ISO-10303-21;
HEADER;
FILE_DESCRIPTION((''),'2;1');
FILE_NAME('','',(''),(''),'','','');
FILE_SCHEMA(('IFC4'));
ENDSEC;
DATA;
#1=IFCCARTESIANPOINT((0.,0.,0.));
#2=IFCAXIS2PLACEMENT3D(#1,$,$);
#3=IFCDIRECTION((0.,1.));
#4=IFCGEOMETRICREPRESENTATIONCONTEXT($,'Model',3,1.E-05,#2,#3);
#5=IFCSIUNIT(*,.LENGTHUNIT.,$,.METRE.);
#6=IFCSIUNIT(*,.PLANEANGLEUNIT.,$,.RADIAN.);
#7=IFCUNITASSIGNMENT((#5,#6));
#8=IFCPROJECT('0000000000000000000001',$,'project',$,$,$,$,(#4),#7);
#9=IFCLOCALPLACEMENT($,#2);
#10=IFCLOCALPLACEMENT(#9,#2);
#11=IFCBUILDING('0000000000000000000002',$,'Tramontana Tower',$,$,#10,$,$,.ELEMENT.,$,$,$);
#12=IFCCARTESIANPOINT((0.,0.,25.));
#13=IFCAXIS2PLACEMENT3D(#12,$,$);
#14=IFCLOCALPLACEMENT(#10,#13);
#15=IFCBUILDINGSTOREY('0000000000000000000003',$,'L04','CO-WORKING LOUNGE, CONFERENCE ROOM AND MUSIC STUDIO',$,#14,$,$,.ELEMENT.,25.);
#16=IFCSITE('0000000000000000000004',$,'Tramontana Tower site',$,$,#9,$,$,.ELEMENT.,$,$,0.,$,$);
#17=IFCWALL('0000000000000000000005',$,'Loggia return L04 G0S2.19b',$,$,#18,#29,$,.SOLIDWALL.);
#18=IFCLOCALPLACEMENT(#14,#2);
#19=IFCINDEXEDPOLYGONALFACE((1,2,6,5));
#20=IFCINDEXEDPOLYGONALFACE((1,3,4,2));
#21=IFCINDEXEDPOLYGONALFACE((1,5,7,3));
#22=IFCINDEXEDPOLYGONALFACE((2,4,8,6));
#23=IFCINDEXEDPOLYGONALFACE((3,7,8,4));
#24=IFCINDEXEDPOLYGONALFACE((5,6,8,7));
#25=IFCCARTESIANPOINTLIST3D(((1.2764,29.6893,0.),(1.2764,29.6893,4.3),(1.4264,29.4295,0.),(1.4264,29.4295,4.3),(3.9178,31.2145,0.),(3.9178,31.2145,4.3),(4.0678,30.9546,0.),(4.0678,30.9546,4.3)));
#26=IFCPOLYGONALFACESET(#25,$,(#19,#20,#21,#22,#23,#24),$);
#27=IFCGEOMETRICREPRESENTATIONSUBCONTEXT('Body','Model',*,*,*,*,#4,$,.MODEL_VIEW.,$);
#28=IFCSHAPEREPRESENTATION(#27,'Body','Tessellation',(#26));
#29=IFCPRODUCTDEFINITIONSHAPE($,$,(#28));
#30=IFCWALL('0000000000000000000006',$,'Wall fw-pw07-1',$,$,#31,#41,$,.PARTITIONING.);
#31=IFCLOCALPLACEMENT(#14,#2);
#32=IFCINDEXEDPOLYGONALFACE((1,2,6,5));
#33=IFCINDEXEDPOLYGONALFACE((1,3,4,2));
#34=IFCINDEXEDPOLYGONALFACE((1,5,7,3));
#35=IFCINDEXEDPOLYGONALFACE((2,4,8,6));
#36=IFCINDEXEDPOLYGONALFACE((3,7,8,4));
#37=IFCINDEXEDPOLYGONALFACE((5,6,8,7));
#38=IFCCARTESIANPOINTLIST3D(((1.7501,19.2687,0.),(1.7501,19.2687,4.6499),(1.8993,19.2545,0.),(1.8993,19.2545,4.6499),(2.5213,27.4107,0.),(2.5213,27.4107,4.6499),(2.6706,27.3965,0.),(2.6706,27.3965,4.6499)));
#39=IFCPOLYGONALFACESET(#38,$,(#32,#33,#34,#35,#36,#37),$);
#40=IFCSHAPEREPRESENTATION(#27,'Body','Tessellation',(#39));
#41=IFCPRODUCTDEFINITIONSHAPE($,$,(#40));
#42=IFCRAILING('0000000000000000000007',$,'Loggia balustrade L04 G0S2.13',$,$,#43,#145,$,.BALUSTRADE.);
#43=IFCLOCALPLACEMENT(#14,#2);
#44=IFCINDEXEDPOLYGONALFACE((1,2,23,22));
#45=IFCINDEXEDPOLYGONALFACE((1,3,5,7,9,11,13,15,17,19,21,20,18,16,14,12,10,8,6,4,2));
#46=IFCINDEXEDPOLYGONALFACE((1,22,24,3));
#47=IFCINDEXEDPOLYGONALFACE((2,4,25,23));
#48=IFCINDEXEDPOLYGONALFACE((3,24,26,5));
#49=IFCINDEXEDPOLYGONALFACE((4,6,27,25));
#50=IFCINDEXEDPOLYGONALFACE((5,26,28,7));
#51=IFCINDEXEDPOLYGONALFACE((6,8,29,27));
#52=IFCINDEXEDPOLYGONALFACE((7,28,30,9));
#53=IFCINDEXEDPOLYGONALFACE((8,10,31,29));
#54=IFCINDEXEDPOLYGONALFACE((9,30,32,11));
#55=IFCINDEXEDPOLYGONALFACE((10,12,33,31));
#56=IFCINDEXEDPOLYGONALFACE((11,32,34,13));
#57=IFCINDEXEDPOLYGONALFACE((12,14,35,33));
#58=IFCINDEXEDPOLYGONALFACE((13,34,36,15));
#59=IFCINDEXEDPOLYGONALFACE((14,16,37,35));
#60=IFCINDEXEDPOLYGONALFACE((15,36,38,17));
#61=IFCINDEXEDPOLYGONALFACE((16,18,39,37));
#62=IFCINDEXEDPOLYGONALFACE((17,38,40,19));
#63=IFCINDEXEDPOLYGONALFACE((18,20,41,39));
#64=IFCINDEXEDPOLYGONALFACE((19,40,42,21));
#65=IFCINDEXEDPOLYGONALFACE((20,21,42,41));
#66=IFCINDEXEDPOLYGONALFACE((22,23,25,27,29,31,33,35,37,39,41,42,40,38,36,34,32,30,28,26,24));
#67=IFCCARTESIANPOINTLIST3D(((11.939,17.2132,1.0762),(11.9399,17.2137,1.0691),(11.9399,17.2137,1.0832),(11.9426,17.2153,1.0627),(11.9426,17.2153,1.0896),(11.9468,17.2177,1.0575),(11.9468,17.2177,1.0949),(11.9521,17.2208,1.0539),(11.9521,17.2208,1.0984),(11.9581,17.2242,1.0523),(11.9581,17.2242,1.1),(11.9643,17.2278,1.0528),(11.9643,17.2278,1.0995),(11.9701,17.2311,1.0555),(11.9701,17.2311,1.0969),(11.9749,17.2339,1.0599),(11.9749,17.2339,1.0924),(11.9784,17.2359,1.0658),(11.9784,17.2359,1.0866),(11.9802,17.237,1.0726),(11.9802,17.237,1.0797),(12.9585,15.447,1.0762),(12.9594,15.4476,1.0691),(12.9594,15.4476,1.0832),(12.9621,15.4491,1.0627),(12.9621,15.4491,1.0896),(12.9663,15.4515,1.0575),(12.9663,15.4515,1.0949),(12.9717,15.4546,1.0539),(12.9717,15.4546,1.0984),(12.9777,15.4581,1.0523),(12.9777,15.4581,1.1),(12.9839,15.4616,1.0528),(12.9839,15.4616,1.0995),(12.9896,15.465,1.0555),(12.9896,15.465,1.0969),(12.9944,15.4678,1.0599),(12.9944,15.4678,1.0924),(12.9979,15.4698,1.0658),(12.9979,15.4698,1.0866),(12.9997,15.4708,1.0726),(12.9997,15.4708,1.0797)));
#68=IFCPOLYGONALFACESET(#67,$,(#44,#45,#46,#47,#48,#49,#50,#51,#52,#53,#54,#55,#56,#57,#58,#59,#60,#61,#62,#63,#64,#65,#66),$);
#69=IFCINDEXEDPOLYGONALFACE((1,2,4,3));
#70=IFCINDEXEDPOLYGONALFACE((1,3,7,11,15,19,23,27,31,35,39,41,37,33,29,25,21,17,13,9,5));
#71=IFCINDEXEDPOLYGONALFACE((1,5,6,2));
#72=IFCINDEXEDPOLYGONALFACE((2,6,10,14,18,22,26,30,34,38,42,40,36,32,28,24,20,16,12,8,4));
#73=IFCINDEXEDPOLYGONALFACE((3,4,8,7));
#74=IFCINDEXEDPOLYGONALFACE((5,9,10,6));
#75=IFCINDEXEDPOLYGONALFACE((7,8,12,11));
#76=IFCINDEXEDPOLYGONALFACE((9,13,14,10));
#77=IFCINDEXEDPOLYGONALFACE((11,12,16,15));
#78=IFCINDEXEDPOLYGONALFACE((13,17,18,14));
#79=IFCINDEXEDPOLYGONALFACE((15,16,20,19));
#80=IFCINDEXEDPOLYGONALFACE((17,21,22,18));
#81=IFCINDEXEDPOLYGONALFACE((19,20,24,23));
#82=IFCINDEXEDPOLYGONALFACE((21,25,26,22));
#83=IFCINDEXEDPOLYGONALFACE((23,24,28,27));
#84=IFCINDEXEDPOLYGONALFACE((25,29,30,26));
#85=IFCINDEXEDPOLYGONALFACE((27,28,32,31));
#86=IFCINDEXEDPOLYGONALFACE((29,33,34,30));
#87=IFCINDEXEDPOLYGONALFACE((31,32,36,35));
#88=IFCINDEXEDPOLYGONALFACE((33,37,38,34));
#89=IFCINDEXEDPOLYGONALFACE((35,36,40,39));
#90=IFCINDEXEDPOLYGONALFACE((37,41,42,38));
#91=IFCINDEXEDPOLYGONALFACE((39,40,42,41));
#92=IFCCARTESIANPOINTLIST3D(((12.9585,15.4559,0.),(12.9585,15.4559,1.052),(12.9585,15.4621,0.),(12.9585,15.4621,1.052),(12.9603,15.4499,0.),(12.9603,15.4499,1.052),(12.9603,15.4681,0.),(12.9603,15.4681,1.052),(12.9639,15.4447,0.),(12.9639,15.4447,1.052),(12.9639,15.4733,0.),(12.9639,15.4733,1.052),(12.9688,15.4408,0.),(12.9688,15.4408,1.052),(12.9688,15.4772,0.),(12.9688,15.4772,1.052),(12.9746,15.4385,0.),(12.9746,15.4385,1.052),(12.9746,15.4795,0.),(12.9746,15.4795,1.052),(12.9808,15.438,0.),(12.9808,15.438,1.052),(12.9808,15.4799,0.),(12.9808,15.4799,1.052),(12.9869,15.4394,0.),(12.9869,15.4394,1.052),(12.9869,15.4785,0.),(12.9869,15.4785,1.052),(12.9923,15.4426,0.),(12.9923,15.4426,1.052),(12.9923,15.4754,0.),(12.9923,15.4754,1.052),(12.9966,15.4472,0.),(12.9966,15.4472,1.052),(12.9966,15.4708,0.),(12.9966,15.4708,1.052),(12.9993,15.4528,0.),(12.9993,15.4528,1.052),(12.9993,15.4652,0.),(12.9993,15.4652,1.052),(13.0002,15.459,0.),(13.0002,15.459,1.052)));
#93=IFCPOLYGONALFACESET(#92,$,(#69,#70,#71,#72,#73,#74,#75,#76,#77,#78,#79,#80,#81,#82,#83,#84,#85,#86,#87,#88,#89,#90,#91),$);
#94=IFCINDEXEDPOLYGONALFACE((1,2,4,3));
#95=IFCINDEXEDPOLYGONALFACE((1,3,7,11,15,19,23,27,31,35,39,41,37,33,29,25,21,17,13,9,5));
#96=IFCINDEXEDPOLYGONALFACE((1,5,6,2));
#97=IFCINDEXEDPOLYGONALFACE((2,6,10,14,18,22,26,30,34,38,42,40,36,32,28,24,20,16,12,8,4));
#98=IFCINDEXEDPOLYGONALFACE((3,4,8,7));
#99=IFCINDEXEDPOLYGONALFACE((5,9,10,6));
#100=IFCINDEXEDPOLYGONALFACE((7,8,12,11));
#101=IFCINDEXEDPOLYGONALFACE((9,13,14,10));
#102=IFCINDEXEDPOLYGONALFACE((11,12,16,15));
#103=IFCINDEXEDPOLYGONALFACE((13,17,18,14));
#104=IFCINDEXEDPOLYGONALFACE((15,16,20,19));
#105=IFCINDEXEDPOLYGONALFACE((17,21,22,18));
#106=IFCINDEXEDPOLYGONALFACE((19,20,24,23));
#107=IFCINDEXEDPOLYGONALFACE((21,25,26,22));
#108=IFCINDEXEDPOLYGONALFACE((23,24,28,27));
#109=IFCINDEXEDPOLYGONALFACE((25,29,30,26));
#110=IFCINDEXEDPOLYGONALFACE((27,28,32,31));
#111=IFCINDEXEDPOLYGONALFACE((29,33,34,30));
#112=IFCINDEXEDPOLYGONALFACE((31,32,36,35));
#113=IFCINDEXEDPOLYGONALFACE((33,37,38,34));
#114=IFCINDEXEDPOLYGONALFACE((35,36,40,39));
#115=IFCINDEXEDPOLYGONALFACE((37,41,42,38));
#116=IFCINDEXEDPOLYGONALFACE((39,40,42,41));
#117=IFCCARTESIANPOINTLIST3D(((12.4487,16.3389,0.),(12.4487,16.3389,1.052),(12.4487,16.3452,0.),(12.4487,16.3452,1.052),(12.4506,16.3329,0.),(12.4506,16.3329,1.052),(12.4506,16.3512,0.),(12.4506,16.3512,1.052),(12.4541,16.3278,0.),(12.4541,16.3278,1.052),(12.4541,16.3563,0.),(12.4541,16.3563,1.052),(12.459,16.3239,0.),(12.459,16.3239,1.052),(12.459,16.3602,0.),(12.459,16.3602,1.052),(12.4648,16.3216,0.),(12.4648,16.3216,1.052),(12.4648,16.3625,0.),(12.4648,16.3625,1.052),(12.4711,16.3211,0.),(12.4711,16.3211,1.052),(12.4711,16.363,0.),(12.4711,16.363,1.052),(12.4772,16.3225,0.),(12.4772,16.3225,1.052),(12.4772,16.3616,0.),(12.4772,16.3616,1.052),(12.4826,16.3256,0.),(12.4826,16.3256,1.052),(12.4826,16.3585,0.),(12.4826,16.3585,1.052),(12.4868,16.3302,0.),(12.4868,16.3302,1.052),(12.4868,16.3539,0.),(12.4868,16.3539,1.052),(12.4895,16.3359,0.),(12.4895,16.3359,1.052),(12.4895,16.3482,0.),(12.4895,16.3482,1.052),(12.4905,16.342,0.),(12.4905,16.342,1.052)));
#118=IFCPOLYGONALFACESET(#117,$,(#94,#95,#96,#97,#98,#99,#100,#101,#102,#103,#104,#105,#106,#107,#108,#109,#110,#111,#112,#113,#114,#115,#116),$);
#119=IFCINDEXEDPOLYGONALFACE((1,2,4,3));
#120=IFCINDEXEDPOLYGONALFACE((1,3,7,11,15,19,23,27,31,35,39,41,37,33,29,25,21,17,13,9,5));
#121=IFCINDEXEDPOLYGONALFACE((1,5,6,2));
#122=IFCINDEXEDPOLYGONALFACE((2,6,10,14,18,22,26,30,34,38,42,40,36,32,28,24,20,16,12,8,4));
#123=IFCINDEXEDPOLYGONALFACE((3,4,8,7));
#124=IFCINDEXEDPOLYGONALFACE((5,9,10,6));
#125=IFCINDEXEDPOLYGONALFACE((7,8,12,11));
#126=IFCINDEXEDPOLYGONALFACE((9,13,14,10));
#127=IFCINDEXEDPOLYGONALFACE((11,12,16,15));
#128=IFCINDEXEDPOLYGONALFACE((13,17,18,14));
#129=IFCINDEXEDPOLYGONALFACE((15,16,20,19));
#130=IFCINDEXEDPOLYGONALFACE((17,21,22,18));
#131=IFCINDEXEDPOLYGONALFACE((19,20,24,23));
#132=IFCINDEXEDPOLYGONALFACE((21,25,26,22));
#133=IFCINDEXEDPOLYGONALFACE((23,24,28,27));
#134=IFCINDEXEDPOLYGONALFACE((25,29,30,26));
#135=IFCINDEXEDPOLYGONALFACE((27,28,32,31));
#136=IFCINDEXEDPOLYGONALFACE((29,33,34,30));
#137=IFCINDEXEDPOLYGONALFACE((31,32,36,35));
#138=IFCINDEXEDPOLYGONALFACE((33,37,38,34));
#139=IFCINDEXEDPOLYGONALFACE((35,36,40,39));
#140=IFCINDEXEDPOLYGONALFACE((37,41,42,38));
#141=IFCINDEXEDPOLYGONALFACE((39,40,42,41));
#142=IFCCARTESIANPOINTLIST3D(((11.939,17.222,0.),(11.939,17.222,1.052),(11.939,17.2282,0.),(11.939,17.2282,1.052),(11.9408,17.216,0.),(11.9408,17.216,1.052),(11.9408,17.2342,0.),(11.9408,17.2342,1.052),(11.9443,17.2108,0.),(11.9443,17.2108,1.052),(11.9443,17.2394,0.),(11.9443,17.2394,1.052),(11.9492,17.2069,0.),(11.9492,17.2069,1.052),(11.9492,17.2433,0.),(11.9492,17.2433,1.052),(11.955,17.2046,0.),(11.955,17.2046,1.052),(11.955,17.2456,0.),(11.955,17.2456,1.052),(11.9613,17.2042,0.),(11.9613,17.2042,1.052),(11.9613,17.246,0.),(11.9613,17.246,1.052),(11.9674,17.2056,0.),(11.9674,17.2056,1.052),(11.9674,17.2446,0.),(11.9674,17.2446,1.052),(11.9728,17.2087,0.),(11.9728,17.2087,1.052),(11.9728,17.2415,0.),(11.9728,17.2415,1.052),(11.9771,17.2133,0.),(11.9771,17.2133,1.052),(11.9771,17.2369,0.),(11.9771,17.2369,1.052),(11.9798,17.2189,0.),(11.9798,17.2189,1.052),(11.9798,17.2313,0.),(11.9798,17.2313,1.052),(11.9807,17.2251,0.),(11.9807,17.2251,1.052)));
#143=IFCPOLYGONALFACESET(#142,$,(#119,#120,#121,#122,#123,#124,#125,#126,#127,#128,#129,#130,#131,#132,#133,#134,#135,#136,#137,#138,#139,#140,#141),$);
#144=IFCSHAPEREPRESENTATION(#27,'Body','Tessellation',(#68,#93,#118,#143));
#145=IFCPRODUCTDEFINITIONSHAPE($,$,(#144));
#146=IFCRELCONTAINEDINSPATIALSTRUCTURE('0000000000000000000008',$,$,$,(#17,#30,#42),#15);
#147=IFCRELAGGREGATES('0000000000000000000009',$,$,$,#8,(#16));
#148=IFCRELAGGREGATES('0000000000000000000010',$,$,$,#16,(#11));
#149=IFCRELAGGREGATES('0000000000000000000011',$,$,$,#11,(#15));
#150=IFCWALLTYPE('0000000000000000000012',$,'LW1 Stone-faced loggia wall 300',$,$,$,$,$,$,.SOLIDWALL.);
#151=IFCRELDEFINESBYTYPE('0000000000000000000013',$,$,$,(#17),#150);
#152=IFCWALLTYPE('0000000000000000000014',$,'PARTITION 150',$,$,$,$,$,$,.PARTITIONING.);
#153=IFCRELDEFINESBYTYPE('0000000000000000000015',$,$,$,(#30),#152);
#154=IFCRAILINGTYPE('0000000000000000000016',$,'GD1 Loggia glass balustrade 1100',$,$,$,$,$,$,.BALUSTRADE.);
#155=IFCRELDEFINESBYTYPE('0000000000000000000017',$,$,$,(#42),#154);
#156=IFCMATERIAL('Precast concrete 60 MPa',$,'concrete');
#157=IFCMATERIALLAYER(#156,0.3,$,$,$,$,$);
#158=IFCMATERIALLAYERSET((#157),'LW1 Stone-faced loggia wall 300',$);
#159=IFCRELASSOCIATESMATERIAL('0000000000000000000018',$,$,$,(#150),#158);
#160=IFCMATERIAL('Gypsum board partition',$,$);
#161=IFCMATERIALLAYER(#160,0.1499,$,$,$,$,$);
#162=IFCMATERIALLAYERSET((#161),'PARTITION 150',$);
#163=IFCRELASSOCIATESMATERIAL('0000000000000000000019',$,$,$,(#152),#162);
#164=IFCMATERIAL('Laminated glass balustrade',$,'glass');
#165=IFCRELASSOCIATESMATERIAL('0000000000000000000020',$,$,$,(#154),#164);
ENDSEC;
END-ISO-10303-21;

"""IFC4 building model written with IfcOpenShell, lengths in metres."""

from ifc_helpers import new_model, si_unit, direction, frame, frame_2d, origin, origin_2d, place, context, subcontext, project, spatial, rectangle, circle, extrude, material, layer, layer_set, type_object, element, save


model = new_model("IFC4")

# Units and contexts
model_context = context("Model", 3, precision=1e-05, world=origin(), true_north=direction((0.0, 1.0)))
body_context = subcontext(model_context, "Body", "Model", "MODEL_VIEW")
ifc_project = project(units=[si_unit("LENGTHUNIT", "METRE"), si_unit("PLANEANGLEUNIT", "RADIAN")], contexts=[model_context])

# Site, building, storey
site_placement = place(None, origin())
site = spatial("IfcSite", under=ifc_project, at=site_placement, Name="Tramontana Tower site", CompositionType="ELEMENT", RefElevation=0.0)
building_placement = place(site_placement, origin())
building = spatial("IfcBuilding", under=site, at=building_placement, Name="Tramontana Tower", CompositionType="ELEMENT")
storey_placement = place(building_placement, frame((0.0, 0.0, 25.0)))
storey = spatial("IfcBuildingStorey", under=building, at=storey_placement, Name="L04", Description="CO-WORKING LOUNGE, CONFERENCE ROOM AND MUSIC STUDIO", CompositionType="ELEMENT", Elevation=25.0)

# Shared definitions
ifc_material_1 = material(Name="Precast concrete 60 MPa", Category="concrete")
ifc_layer_1 = layer(ifc_material_1, 0.3)
ifc_layer_set_1 = layer_set([ifc_layer_1], Name="LW1 Stone-faced loggia wall 300")
wall_type_1 = type_object("IfcWallType", Name="LW1 Stone-faced loggia wall 300", PredefinedType="SOLIDWALL", material=ifc_layer_set_1)

# Walls
for number, where, z_axis, x_axis, name in (
    (1, (3.9927, 31.0845, 0.0), (0.0, 0.0, 1.0), (-0.866003, -0.500039, 0.0), "Loggia return L04 G0S2.19b"),
):
    element("IfcWall", number, at=place(storey_placement, frame(where, z_axis=z_axis, x_axis=x_axis)), inside=storey, type_object=wall_type_1, Name=name, PredefinedType="SOLIDWALL", context=body_context, shape_type="SweptSolid", body=[
        extrude(rectangle(XDim=3.05, YDim=0.3, at=frame_2d((1.5249, 0.0))), origin(), (0.0, 0.0, 1.0), 4.3),
    ])
ifc_material_2 = material(Name="Gypsum board partition")
ifc_layer_2 = layer(ifc_material_2, 0.1499)
ifc_layer_set_2 = layer_set([ifc_layer_2], Name="PARTITION 150")
wall_type_2 = type_object("IfcWallType", Name="PARTITION 150", PredefinedType="PARTITIONING", material=ifc_layer_set_2)
wall_1_placement = place(storey_placement, frame((1.8247, 19.2615, 0.0), z_axis=(0.0, 0.0, 1.0), x_axis=(0.094301, 0.995544, 0.0)))
element("IfcWall", 2, at=wall_1_placement, inside=storey, type_object=wall_type_2, Name="Wall fw-pw07-1", PredefinedType="PARTITIONING", context=body_context, shape_type="SweptSolid", body=[
    extrude(rectangle(XDim=8.1785, YDim=0.1499, at=frame_2d((4.0894, 0.0))), origin(), (0.0, 0.0, 1.0), 4.6499),
])

# Railing
ifc_material_3 = material(Name="Laminated glass balustrade", Category="glass")
railing_type = type_object("IfcRailingType", Name="GD1 Loggia glass balustrade 1100", PredefinedType="BALUSTRADE", material=ifc_material_3)
railing_1_placement = place(storey_placement, frame((12.9792, 15.459, 0.0)))
element("IfcRailing", 3, at=railing_1_placement, inside=storey, type_object=railing_type, Name="Loggia balustrade L04 G0S2.13", PredefinedType="BALUSTRADE", context=body_context, shape_type="SweptSolid", body=[
    extrude(circle(Radius=0.0239, at=origin_2d()), frame((0.0, 0.0, 1.0762), z_axis=(-0.49995, 0.866054, 0.0), x_axis=(-0.866054, -0.49995, 0.0)), (0.0, 0.0, 1.0), 2.0393),
    extrude(circle(Radius=0.021, at=origin_2d()), origin(), (0.0, 0.0, 1.0), 1.052),
    extrude(circle(Radius=0.021, at=origin_2d()), frame((-0.5098, 0.8831, 0.0)), (0.0, 0.0, 1.0), 1.052),
    extrude(circle(Radius=0.021, at=origin_2d()), frame((-1.0195, 1.7661, 0.0)), (0.0, 0.0, 1.0), 1.052),
])

save(model, "model.ifc")
